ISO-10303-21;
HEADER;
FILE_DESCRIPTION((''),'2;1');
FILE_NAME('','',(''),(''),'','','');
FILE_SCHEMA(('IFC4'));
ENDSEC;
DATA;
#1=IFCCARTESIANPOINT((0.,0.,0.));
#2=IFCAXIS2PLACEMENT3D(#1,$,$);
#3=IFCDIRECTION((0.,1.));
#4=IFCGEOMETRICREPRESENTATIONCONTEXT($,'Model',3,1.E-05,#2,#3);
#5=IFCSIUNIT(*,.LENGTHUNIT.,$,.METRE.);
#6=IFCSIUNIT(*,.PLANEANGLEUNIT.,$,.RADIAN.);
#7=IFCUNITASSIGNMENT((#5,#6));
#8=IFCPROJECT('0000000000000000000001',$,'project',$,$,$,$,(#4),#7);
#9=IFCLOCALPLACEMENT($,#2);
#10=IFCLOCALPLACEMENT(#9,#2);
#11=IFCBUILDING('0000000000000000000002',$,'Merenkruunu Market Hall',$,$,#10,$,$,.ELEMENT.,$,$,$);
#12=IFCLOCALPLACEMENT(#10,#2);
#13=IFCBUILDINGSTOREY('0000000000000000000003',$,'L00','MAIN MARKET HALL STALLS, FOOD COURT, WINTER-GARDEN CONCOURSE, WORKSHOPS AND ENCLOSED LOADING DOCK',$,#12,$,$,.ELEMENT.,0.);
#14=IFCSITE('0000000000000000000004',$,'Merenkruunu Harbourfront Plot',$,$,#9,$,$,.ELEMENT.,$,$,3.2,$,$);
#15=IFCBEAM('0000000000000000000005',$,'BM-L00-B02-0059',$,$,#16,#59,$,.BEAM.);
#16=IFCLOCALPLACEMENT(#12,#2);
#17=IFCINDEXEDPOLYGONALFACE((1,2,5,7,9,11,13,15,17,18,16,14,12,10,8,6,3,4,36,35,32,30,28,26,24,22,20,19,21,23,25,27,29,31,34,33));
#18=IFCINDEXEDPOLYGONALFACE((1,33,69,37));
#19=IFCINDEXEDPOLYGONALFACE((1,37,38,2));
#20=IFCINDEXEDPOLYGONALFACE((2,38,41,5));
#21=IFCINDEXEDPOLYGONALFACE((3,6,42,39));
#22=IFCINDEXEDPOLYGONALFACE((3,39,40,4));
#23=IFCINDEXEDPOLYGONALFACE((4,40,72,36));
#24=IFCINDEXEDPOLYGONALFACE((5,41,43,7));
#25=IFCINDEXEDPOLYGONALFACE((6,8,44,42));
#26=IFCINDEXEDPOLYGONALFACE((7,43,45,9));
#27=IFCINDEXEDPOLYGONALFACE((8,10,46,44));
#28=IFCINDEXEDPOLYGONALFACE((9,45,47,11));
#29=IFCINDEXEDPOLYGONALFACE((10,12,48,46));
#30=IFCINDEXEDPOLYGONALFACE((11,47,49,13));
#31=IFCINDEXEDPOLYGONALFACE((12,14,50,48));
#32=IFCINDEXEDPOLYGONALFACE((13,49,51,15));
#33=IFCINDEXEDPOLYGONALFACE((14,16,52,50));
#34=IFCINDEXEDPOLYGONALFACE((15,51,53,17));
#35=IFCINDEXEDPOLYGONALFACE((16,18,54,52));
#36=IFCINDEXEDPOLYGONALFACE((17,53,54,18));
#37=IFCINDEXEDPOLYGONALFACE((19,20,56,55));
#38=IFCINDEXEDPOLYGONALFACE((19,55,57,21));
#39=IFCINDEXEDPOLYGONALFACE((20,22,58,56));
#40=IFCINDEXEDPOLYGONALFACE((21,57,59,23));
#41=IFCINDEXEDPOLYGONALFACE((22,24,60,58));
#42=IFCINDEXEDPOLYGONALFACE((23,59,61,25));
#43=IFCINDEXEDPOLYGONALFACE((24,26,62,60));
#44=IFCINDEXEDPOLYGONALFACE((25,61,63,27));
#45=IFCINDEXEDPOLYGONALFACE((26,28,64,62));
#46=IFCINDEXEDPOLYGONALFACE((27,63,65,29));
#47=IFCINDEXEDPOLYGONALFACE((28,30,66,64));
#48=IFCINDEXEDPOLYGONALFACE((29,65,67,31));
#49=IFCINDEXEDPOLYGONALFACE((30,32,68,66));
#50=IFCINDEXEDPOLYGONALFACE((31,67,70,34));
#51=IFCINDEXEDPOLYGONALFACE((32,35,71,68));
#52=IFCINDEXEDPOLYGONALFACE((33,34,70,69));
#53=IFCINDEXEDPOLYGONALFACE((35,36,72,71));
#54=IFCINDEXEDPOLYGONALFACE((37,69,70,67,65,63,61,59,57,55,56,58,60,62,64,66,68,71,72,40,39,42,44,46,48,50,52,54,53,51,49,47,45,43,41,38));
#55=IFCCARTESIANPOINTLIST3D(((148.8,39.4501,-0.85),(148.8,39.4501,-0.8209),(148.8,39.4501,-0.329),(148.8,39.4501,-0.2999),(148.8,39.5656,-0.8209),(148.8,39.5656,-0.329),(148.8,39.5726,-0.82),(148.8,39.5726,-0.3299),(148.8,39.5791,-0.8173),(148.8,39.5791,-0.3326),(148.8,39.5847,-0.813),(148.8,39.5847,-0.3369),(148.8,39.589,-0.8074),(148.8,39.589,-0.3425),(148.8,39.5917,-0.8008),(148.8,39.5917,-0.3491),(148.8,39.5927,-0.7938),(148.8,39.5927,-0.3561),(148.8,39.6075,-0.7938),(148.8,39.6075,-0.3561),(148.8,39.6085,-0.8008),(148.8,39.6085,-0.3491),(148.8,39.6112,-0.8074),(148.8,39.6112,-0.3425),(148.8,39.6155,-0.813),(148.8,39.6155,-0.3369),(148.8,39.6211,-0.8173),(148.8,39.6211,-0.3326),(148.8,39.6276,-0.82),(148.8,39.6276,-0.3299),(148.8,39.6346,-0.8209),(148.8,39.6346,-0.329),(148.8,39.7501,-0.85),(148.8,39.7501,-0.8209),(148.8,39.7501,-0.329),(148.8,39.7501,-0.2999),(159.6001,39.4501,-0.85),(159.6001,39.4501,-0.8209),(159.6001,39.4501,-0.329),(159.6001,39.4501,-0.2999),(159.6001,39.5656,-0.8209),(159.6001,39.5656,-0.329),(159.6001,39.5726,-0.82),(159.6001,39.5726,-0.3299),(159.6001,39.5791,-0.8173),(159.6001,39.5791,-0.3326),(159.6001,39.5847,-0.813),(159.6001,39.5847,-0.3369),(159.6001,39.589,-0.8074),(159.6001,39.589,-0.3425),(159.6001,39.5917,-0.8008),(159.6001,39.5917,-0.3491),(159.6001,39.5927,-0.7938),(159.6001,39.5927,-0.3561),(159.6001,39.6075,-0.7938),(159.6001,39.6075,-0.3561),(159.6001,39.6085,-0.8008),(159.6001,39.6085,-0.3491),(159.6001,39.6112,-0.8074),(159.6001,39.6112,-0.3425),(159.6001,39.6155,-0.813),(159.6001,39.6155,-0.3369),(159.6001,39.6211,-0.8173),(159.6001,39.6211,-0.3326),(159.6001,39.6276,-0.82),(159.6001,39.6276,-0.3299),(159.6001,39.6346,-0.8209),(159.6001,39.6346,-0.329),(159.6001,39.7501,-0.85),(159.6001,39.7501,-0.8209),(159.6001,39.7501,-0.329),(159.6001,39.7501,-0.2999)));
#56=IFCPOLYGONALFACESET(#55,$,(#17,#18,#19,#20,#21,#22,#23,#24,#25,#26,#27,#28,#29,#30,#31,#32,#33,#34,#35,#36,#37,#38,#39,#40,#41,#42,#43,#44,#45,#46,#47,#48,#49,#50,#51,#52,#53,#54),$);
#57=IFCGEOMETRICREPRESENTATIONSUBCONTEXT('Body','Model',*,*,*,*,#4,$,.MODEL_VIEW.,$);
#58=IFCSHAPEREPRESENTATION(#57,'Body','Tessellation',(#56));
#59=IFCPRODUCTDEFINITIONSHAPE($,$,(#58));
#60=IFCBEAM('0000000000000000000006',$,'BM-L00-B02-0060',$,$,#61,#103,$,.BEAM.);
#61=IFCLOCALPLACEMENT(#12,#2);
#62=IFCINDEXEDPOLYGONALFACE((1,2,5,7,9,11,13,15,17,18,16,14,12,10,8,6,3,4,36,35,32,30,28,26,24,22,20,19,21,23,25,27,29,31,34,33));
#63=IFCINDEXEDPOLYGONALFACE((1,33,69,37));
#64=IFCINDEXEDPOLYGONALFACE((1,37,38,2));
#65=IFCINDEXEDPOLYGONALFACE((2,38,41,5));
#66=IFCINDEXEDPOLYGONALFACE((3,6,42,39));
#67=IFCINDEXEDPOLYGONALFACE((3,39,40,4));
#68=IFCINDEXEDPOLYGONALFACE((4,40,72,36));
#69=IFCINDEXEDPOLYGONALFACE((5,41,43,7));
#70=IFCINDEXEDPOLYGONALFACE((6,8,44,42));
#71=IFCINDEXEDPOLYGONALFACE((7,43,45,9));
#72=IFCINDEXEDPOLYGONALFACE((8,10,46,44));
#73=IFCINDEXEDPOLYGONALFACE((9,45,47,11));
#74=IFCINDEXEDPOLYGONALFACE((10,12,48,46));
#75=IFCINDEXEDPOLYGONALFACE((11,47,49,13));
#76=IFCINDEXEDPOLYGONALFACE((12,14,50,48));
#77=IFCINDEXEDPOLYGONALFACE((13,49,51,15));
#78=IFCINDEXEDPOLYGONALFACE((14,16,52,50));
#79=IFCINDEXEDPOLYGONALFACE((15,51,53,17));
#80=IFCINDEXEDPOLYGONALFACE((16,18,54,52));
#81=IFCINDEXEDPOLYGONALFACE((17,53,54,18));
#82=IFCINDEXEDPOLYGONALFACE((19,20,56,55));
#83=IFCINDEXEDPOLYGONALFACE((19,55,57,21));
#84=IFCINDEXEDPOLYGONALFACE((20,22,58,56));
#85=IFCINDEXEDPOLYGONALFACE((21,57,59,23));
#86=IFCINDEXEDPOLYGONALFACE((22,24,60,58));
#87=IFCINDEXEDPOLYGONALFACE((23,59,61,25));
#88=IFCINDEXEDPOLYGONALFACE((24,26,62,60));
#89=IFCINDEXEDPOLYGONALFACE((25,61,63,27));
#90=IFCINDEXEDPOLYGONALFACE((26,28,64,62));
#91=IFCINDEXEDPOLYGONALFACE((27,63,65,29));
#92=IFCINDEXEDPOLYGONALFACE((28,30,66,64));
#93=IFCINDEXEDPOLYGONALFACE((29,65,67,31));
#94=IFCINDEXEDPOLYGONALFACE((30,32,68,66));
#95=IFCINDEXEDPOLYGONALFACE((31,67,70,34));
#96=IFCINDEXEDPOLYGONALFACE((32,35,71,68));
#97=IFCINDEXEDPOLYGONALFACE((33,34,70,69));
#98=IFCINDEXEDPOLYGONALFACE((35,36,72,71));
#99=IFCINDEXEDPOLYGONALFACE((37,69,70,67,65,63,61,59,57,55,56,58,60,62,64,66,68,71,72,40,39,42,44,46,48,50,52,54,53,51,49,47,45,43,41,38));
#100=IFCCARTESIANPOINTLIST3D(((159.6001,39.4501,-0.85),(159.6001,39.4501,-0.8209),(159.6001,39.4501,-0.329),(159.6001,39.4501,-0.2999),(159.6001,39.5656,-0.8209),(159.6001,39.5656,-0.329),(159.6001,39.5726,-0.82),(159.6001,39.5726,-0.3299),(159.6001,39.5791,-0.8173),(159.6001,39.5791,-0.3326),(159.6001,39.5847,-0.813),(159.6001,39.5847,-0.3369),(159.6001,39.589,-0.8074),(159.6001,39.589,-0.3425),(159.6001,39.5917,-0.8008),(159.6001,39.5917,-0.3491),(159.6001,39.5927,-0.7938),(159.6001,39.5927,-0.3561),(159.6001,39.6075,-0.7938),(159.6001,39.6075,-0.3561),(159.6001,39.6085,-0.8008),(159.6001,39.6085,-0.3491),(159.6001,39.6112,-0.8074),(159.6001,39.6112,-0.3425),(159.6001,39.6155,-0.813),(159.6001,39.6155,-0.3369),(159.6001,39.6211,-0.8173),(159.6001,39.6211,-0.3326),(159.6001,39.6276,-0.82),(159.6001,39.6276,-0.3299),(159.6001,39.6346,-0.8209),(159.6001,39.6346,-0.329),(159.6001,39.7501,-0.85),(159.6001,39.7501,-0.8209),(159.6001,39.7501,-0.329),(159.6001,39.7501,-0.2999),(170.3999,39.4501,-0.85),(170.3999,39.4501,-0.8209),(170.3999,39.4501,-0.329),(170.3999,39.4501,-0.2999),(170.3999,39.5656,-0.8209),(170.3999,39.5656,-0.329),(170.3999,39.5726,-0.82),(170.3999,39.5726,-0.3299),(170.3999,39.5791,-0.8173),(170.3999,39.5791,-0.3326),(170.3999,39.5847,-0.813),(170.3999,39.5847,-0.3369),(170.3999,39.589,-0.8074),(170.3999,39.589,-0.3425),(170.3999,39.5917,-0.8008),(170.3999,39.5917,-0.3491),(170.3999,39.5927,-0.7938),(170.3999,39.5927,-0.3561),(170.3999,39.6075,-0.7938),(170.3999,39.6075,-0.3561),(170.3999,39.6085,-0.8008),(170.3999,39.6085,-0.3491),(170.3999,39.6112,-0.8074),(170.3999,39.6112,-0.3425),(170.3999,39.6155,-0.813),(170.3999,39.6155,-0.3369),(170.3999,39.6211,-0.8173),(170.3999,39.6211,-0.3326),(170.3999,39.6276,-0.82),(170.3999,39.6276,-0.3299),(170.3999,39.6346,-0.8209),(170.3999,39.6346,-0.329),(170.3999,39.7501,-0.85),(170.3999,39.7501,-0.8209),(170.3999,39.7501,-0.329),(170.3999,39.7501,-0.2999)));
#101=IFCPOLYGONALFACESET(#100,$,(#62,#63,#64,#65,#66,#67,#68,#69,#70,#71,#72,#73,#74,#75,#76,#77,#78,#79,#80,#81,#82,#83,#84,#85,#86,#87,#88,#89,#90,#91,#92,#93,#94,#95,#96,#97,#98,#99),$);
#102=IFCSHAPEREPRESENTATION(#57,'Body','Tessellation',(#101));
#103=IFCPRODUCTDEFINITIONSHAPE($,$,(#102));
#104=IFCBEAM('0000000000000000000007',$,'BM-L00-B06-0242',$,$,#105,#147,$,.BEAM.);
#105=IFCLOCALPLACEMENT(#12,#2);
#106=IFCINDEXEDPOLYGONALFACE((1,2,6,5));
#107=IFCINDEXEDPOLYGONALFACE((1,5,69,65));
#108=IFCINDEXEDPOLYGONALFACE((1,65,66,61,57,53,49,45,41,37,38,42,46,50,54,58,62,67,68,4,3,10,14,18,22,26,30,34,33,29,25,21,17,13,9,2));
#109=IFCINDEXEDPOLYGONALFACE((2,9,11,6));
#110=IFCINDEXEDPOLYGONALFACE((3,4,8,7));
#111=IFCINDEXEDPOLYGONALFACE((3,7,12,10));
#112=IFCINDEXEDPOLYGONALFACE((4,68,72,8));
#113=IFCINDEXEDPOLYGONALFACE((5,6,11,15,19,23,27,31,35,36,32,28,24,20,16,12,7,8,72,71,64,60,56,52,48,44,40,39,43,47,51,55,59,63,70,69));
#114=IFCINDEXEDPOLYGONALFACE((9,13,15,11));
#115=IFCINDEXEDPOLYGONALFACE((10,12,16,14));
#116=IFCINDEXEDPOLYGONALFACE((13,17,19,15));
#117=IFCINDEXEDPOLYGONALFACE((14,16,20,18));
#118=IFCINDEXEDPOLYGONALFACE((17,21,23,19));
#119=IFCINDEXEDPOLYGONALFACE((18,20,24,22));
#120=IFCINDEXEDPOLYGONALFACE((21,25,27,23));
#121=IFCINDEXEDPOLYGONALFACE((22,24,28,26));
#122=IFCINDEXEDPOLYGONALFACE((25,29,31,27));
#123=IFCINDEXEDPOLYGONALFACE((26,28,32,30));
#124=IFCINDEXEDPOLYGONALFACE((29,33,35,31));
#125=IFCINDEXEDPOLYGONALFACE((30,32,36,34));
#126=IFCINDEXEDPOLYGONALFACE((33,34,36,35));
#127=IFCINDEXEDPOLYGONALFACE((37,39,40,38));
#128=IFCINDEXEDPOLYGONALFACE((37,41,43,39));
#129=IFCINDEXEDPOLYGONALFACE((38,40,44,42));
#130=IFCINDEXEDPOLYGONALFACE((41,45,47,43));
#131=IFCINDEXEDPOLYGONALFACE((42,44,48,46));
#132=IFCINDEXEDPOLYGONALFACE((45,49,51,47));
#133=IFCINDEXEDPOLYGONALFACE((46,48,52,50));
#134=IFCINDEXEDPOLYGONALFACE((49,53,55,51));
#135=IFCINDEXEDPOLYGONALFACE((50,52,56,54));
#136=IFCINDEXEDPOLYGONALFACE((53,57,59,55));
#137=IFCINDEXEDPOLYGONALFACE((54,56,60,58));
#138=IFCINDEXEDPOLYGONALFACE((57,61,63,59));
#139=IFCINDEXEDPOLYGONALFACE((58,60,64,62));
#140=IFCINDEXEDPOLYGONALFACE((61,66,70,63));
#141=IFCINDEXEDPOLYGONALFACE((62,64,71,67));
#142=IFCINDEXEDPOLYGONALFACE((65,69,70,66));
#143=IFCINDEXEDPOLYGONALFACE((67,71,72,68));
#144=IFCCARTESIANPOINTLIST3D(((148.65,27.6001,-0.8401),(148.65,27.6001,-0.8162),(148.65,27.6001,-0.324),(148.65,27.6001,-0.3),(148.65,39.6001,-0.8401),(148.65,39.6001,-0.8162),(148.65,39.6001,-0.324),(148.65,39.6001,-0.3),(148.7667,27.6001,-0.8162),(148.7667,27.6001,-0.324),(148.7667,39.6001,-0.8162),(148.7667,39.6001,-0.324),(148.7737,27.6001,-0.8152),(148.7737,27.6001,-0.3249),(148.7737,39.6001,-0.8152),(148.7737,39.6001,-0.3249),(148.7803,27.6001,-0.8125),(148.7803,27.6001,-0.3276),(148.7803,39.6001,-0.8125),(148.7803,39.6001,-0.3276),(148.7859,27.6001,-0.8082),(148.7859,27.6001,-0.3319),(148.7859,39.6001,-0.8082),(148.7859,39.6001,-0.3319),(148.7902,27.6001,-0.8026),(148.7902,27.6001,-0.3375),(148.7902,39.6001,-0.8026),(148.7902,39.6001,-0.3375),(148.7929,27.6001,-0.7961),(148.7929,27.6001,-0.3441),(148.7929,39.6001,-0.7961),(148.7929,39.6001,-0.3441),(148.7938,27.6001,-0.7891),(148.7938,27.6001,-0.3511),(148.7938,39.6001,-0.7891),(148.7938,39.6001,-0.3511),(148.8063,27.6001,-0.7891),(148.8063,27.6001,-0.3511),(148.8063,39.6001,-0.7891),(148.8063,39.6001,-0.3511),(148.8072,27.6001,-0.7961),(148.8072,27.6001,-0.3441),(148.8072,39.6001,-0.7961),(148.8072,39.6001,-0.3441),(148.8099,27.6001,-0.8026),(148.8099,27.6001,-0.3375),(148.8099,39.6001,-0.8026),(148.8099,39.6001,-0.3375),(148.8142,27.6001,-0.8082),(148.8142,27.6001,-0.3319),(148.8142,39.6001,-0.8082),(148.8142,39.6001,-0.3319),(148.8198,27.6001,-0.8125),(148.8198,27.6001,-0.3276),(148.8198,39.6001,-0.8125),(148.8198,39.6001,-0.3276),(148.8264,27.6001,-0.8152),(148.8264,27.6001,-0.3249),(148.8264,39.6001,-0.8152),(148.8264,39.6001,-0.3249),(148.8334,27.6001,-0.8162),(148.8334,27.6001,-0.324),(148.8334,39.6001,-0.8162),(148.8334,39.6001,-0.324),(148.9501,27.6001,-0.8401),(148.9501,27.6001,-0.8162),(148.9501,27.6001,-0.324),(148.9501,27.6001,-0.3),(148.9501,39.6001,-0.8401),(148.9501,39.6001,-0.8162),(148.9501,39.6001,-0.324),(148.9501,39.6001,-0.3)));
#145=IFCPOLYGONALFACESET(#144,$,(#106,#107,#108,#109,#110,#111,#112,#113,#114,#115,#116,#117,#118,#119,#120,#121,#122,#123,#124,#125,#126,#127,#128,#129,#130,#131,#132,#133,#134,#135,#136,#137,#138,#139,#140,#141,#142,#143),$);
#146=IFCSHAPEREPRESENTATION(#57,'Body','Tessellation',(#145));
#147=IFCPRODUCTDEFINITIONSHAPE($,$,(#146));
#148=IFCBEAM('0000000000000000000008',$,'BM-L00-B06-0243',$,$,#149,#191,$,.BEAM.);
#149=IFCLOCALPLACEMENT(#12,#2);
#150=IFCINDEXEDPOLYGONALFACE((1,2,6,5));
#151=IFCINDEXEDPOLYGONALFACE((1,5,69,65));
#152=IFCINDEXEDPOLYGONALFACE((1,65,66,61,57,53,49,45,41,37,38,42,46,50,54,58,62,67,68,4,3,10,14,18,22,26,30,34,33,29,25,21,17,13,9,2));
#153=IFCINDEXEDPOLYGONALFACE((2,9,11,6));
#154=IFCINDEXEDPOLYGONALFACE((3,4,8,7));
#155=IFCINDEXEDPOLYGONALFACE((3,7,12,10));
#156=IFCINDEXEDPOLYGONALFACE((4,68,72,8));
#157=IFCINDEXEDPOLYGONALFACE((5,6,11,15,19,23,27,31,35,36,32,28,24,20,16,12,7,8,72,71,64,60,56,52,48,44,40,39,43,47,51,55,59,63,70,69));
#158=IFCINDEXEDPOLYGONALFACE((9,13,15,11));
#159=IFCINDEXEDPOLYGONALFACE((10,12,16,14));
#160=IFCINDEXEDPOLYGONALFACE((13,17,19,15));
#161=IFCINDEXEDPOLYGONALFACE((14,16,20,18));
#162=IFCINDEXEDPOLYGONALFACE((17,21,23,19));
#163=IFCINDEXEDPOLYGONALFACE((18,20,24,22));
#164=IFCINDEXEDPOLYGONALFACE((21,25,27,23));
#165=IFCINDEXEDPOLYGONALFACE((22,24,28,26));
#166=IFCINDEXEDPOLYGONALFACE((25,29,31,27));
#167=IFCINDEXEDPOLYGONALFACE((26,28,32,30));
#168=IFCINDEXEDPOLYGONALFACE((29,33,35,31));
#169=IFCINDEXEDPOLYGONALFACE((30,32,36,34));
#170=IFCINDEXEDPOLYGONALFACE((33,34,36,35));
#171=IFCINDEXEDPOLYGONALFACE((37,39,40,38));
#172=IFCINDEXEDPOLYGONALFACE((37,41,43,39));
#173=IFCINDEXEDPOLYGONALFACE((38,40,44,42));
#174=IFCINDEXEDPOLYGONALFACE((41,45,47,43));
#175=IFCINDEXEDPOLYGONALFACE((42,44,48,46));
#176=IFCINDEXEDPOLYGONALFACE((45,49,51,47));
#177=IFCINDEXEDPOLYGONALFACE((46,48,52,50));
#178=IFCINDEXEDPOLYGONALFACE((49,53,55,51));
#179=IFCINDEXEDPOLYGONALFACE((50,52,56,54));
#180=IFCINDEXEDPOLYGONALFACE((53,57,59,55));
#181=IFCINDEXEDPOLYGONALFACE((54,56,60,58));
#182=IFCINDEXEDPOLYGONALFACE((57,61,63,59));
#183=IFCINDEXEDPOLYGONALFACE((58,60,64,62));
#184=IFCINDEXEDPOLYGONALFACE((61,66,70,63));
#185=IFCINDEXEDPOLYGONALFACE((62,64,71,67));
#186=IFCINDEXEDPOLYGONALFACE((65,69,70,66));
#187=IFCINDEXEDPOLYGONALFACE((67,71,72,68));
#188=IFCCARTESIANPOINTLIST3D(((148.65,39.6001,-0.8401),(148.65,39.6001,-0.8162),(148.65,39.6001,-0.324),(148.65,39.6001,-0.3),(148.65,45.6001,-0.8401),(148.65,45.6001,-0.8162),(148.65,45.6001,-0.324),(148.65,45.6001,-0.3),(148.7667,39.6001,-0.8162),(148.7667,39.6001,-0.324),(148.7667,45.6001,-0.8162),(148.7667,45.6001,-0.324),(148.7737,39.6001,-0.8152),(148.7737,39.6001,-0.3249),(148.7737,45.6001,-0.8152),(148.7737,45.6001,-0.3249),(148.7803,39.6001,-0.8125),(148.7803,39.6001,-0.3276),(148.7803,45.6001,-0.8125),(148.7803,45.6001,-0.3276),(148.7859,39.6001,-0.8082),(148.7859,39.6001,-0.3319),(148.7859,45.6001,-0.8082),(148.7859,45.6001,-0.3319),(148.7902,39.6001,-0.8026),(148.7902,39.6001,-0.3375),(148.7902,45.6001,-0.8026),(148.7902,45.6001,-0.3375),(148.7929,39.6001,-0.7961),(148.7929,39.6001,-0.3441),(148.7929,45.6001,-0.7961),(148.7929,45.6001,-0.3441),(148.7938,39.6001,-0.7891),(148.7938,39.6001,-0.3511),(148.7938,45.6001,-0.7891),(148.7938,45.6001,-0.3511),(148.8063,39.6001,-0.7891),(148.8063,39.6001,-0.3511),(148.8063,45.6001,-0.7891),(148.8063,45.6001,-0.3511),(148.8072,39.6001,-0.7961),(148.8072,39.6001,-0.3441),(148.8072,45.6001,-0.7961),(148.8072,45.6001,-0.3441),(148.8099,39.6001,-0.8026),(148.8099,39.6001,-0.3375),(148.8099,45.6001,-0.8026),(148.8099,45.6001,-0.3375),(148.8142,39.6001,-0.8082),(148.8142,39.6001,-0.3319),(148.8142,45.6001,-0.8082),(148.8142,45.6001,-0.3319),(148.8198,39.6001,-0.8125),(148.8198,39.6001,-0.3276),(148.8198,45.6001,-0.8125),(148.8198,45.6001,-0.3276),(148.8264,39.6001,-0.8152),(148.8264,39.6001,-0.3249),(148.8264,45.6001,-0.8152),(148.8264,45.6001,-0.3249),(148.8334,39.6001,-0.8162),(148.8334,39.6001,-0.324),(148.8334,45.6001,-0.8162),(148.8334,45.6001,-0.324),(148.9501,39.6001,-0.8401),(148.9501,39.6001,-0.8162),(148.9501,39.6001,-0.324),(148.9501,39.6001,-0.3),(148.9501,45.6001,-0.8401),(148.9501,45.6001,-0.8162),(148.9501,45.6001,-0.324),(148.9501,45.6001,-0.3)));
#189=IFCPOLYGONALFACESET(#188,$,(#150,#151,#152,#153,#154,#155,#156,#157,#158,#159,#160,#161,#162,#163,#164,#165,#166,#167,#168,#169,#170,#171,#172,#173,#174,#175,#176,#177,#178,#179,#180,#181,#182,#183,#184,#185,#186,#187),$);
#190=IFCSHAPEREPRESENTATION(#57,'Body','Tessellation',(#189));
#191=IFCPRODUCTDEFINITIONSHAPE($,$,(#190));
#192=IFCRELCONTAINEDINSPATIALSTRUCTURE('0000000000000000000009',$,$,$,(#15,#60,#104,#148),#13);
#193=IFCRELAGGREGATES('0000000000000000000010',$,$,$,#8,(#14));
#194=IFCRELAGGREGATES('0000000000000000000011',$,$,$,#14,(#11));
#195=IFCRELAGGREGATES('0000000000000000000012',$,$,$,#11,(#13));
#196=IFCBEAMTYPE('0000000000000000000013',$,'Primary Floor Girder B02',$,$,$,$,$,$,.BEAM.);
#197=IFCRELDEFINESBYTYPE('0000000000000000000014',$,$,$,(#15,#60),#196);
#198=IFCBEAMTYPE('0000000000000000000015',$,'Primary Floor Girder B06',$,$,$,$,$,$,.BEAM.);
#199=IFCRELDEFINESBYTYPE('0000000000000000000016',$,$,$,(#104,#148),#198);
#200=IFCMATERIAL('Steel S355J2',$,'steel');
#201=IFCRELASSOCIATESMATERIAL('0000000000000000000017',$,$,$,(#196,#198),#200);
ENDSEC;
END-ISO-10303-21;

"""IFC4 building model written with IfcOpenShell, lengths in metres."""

from ifc_helpers import new_model, si_unit, direction, frame, origin, origin_2d, place, context, subcontext, project, spatial, i_section, extrude, material, material_profile, profile_set, type_object, element, save


model = new_model("IFC4")

# Units and contexts
model_context = context("Model", 3, precision=1e-05, world=origin(), true_north=direction((0.0, 1.0)))
body_context = subcontext(model_context, "Body", "Model", "MODEL_VIEW")
ifc_project = project(units=[si_unit("LENGTHUNIT", "METRE"), si_unit("PLANEANGLEUNIT", "RADIAN")], contexts=[model_context])

# Site, building, storey
site_placement = place(None, origin())
site = spatial("IfcSite", under=ifc_project, at=site_placement, Name="Merenkruunu Harbourfront Plot", CompositionType="ELEMENT", RefElevation=3.2)
building_placement = place(site_placement, origin())
building = spatial("IfcBuilding", under=site, at=building_placement, Name="Merenkruunu Market Hall", CompositionType="ELEMENT")
storey_placement = place(building_placement, origin())
storey = spatial("IfcBuildingStorey", under=building, at=storey_placement, Name="L00", Description="MAIN MARKET HALL STALLS, FOOD COURT, WINTER-GARDEN CONCOURSE, WORKSHOPS AND ENCLOSED LOADING DOCK", CompositionType="ELEMENT", Elevation=0.0)

# Shared definitions
ifc_material_1 = material(Name="Steel S355J2", Category="steel")

# Beams
ifc_material_profile_1 = material_profile(ifc_material_1, i_section(OverallWidth=0.3, OverallDepth=0.55, WebThickness=0.0149, FlangeThickness=0.0291, FilletRadius=0.0271, at=origin_2d()), Name="HEB 550")
ifc_profile_set_1 = profile_set([ifc_material_profile_1], Name="Steel S355J2")
beam_type_1 = type_object("IfcBeamType", Name="Primary Floor Girder B02", PredefinedType="BEAM", material=ifc_profile_set_1)
beam_1_placement = place(storey_placement, frame((148.8, 39.6001, -0.575), z_axis=(1.0, 0.0, 0.0), x_axis=(0.0, 1.0, 0.0)))
element("IfcBeam", 1, at=beam_1_placement, inside=storey, type_object=beam_type_1, Name="BM-L00-B02-0059", PredefinedType="BEAM", context=body_context, shape_type="SweptSolid", body=[
    extrude(i_section(OverallWidth=0.3, OverallDepth=0.55, WebThickness=0.0149, FlangeThickness=0.0291, FilletRadius=0.0271, at=origin_2d()), origin(), (0.0, 0.0, 1.0), 10.8),
])
beam_2_placement = place(storey_placement, frame((159.6001, 39.6001, -0.575), z_axis=(1.0, 0.0, 0.0), x_axis=(0.0, 1.0, 0.0)))
element("IfcBeam", 2, at=beam_2_placement, inside=storey, type_object=beam_type_1, Name="BM-L00-B02-0060", PredefinedType="BEAM", context=body_context, shape_type="SweptSolid", body=[
    extrude(i_section(OverallWidth=0.3, OverallDepth=0.55, WebThickness=0.0149, FlangeThickness=0.0291, FilletRadius=0.0271, at=origin_2d()), origin(), (0.0, 0.0, 1.0), 10.7998),
])
ifc_material_profile_2 = material_profile(ifc_material_1, i_section(OverallWidth=0.3, OverallDepth=0.54, WebThickness=0.0125, FlangeThickness=0.0239, FilletRadius=0.0271, at=origin_2d()), Name="HEA 550")
ifc_profile_set_2 = profile_set([ifc_material_profile_2], Name="Steel S355J2")
beam_type_2 = type_object("IfcBeamType", Name="Primary Floor Girder B06", PredefinedType="BEAM", material=ifc_profile_set_2)
beam_3_placement = place(storey_placement, frame((148.8, 27.6001, -0.5701), z_axis=(0.0, 1.0, 0.0), x_axis=(-1.0, 0.0, 0.0)))
element("IfcBeam", 3, at=beam_3_placement, inside=storey, type_object=beam_type_2, Name="BM-L00-B06-0242", PredefinedType="BEAM", context=body_context, shape_type="SweptSolid", body=[
    extrude(i_section(OverallWidth=0.3, OverallDepth=0.54, WebThickness=0.0125, FlangeThickness=0.0239, FilletRadius=0.0271, at=origin_2d()), origin(), (0.0, 0.0, 1.0), 12.0),
])
beam_4_placement = place(storey_placement, frame((148.8, 39.6001, -0.5701), z_axis=(0.0, 1.0, 0.0), x_axis=(-1.0, 0.0, 0.0)))
element("IfcBeam", 4, at=beam_4_placement, inside=storey, type_object=beam_type_2, Name="BM-L00-B06-0243", PredefinedType="BEAM", context=body_context, shape_type="SweptSolid", body=[
    extrude(i_section(OverallWidth=0.3, OverallDepth=0.54, WebThickness=0.0125, FlangeThickness=0.0239, FilletRadius=0.0271, at=origin_2d()), origin(), (0.0, 0.0, 1.0), 6.0),
])

save(model, "model.ifc")
